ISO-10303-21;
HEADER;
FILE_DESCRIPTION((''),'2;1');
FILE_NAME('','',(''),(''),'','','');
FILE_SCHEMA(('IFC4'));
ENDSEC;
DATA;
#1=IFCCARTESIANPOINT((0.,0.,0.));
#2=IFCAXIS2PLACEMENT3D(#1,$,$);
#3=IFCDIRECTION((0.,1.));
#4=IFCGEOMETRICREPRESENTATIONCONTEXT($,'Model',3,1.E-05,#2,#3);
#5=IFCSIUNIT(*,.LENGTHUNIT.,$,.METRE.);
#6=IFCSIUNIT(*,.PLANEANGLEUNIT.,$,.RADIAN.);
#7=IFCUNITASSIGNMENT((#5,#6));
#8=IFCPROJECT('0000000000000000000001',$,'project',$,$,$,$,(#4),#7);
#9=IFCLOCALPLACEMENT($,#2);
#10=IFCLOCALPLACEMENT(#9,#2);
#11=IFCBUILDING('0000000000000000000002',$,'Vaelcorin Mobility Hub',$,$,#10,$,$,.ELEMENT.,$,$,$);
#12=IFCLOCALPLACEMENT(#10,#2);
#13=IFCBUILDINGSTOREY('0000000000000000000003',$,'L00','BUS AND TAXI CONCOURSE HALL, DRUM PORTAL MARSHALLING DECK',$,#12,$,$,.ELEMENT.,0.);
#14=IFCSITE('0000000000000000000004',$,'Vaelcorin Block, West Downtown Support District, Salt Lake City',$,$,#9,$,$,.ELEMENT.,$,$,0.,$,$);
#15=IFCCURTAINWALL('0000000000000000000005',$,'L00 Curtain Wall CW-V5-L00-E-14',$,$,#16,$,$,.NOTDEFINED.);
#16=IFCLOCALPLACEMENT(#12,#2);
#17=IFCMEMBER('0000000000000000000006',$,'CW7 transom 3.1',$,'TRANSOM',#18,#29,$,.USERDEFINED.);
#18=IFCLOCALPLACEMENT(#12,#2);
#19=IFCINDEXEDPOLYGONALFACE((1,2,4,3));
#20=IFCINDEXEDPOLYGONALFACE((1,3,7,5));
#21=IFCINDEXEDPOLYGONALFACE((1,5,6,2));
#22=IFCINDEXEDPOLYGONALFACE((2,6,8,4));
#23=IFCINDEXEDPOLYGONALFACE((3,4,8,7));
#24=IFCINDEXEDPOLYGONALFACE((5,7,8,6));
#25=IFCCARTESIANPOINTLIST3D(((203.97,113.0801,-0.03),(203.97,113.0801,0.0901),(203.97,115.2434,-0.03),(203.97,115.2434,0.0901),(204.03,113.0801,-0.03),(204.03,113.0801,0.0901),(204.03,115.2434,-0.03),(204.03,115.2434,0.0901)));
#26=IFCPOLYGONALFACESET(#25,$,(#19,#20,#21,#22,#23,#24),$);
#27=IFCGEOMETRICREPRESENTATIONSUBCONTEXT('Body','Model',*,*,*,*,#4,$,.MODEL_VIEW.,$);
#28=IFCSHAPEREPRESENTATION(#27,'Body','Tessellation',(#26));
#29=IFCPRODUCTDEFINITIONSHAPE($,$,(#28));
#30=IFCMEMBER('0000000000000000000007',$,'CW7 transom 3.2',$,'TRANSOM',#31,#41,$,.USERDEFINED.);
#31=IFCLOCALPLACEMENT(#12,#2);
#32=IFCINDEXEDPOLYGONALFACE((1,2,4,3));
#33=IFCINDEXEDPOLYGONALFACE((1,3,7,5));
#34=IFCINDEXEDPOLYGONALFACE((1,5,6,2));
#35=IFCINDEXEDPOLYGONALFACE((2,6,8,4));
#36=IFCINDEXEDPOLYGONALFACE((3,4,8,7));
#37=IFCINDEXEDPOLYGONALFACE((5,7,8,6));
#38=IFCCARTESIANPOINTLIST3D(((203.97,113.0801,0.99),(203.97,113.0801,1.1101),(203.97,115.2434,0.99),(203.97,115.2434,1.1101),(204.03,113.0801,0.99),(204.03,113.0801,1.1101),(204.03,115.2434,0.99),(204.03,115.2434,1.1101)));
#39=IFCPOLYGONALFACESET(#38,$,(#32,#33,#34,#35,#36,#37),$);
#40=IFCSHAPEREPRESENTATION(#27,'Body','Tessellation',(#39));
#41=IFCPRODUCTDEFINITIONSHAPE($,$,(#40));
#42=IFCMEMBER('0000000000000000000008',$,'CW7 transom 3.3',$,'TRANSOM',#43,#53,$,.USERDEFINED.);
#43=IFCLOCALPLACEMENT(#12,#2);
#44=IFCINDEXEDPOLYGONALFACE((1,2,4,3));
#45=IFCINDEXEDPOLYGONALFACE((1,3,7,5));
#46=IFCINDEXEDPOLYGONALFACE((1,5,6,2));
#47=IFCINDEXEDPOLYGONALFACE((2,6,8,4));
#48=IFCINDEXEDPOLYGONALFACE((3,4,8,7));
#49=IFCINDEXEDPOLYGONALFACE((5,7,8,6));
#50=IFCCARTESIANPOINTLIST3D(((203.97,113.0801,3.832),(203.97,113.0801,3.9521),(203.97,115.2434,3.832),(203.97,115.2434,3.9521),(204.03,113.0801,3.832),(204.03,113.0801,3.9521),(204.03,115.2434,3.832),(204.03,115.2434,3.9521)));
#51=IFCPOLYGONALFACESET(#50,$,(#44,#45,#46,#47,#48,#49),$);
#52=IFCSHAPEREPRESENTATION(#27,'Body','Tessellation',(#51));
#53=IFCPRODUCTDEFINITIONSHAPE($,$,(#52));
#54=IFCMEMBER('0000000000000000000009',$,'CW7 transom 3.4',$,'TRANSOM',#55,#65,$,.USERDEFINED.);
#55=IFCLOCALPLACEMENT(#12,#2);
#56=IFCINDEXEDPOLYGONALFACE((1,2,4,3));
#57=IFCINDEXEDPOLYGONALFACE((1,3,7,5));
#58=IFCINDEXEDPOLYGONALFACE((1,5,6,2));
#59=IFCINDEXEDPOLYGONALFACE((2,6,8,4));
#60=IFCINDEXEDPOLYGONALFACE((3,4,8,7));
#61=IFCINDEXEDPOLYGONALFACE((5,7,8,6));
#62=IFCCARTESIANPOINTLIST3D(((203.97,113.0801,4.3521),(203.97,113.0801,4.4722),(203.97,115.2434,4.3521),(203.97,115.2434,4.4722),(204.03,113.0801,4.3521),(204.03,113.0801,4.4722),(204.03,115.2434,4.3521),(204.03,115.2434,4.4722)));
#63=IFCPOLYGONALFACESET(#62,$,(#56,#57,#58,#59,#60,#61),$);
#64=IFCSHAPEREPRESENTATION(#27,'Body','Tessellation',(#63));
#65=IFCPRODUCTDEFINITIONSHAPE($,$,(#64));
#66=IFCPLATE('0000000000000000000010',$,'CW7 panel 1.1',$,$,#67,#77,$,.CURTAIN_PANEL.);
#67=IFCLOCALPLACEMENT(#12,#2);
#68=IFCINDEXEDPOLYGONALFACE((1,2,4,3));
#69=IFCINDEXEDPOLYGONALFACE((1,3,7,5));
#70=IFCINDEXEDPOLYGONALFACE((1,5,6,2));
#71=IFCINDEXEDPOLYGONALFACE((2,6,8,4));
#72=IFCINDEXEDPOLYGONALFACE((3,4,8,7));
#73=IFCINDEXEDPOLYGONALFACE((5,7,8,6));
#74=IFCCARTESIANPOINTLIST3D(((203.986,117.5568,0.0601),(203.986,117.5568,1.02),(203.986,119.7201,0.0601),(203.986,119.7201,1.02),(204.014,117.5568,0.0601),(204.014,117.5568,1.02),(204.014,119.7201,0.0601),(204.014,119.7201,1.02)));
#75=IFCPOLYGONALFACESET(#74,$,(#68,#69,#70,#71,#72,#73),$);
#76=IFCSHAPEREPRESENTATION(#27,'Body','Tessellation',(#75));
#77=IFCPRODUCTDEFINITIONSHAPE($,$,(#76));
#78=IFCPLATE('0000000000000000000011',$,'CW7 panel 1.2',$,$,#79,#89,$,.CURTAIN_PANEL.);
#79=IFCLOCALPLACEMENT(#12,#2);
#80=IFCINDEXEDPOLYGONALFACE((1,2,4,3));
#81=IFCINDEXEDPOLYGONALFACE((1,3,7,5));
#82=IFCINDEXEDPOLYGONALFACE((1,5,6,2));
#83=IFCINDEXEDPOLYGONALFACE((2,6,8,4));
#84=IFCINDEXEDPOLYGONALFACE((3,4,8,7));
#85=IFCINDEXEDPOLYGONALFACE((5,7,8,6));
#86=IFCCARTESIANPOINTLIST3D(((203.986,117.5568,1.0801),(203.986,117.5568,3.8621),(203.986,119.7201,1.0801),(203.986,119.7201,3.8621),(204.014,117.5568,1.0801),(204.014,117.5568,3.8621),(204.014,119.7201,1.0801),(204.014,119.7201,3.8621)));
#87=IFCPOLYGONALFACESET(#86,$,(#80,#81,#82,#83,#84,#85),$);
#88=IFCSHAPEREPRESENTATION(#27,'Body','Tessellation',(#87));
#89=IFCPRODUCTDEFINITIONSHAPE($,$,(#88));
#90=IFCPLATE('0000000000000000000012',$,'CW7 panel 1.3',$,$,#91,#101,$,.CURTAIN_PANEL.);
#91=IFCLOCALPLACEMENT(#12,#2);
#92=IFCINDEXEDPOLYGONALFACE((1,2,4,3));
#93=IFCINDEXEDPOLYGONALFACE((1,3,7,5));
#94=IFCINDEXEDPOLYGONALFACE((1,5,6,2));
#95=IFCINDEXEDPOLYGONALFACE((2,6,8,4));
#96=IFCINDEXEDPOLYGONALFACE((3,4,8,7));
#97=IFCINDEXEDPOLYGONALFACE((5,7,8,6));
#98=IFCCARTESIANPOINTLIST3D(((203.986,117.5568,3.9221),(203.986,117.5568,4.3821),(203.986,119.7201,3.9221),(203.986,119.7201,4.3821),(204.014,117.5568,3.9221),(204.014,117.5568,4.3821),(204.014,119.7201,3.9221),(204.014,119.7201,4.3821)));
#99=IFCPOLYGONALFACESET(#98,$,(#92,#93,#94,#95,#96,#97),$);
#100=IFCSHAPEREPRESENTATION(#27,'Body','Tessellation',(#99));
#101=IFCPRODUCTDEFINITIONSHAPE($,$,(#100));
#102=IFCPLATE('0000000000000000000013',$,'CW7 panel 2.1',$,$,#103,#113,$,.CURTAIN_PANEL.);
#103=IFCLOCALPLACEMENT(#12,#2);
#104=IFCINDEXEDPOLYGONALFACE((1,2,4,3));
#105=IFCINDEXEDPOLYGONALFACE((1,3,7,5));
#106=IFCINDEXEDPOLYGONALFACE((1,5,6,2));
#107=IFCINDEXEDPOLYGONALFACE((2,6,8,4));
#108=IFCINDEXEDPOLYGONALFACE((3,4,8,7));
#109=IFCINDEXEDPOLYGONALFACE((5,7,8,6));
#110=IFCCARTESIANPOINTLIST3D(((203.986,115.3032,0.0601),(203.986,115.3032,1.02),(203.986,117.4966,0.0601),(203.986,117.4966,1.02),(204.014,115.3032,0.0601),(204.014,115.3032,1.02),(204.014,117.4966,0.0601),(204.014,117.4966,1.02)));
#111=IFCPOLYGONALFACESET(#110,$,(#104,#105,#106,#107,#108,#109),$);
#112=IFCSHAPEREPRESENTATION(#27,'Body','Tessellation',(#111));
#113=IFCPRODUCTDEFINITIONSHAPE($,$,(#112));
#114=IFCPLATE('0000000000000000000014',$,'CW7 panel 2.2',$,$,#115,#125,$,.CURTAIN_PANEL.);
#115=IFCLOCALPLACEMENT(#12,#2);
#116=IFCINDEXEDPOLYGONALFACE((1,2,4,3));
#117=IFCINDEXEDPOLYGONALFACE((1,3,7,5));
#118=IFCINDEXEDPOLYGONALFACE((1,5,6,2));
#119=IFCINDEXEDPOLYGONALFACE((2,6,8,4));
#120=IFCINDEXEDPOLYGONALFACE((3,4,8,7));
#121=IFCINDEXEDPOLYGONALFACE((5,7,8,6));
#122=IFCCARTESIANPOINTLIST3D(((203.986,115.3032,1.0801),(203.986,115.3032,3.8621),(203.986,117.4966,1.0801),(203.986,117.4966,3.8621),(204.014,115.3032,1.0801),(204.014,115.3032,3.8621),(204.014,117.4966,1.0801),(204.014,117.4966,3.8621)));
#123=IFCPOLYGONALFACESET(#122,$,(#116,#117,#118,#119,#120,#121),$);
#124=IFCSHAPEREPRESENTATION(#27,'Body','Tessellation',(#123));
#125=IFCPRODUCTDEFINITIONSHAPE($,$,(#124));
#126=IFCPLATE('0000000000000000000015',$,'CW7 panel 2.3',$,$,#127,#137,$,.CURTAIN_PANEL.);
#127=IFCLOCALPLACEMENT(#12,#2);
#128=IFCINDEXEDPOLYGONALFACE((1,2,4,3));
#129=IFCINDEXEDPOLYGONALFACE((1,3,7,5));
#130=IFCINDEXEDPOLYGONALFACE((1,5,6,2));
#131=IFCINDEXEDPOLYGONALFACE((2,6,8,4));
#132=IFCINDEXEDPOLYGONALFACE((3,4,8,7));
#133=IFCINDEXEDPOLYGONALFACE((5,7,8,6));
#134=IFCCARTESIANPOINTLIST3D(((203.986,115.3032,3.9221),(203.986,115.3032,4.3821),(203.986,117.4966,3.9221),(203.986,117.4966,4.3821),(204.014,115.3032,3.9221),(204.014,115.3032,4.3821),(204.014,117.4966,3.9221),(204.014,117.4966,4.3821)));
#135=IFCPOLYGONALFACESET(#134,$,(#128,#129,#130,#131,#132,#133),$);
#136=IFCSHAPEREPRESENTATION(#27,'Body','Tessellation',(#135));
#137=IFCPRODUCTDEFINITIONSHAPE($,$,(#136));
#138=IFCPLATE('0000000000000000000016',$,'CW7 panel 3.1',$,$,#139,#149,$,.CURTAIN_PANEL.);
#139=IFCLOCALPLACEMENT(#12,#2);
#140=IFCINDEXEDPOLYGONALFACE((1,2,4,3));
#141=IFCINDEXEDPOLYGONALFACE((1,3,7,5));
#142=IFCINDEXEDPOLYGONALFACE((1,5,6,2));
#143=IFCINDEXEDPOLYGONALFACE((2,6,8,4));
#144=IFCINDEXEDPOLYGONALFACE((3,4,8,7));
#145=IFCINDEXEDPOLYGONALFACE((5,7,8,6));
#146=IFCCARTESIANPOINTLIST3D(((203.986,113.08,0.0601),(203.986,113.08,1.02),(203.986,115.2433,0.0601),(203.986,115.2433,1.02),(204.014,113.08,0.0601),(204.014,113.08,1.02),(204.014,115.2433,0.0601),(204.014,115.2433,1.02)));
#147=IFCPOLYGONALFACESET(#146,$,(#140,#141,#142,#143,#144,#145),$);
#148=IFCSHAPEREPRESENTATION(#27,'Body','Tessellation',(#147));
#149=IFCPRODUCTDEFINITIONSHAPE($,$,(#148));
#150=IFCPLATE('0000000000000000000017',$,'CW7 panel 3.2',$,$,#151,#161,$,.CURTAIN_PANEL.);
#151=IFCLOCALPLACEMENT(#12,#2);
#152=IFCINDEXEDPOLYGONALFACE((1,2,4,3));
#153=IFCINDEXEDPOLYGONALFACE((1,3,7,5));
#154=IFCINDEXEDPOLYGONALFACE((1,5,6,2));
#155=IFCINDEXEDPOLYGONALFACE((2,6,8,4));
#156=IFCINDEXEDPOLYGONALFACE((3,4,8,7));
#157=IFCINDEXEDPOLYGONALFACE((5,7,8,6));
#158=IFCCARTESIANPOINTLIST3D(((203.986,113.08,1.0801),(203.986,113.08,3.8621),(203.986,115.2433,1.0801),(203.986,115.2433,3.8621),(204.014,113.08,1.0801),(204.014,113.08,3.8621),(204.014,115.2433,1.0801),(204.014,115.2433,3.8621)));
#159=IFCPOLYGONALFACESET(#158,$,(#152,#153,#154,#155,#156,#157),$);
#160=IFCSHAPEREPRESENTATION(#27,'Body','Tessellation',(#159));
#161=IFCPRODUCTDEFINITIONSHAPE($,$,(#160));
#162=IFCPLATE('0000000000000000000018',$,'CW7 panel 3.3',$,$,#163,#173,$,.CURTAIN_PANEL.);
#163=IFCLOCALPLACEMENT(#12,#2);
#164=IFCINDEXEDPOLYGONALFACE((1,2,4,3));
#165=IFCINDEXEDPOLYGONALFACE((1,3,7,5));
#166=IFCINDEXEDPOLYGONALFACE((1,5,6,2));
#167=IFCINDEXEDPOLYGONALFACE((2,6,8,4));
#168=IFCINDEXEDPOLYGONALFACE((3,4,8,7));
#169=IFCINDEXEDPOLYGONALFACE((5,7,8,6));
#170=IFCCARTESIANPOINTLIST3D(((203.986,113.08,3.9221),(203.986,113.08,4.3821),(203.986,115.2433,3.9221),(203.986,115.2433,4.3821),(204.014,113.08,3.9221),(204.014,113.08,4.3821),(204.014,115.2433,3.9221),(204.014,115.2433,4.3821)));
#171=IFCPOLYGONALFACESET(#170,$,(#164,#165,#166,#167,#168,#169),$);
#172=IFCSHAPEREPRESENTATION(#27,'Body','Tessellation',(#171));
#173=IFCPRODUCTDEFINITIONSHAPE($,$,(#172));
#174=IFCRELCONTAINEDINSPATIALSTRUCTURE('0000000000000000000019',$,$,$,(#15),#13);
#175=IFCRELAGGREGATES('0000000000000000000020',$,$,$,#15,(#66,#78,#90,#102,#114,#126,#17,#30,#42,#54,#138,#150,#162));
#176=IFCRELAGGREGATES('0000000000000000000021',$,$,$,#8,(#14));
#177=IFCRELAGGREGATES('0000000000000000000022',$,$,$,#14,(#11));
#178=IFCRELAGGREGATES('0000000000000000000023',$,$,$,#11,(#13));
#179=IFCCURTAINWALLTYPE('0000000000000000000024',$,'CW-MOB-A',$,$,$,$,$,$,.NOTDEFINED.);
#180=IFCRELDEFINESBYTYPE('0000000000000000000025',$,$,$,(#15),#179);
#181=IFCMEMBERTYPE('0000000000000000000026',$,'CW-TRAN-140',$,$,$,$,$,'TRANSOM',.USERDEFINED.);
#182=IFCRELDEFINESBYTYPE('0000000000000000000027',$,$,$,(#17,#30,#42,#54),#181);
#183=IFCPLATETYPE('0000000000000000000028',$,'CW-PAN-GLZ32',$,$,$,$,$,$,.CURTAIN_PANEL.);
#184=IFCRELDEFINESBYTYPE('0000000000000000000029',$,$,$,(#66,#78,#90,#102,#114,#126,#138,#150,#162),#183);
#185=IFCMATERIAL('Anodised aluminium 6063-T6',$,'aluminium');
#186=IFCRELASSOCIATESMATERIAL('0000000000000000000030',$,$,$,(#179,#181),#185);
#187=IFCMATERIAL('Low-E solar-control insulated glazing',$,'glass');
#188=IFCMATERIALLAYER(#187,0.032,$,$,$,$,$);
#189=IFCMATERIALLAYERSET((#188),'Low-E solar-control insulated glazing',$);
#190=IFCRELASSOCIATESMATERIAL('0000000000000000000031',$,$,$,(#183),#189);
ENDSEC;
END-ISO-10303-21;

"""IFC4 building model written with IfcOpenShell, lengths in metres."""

from ifc_helpers import new_model, si_unit, direction, frame, origin, origin_2d, place, context, subcontext, project, spatial, rectangle, extrude, material, layer, layer_set, material_profile, profile_set, type_object, element, aggregate, save


model = new_model("IFC4")

# Units and contexts
model_context = context("Model", 3, precision=1e-05, world=origin(), true_north=direction((0.0, 1.0)))
body_context = subcontext(model_context, "Body", "Model", "MODEL_VIEW")
ifc_project = project(units=[si_unit("LENGTHUNIT", "METRE"), si_unit("PLANEANGLEUNIT", "RADIAN")], contexts=[model_context])

# Site, building, storey
site_placement = place(None, origin())
site = spatial("IfcSite", under=ifc_project, at=site_placement, Name="Vaelcorin Block, West Downtown Support District, Salt Lake City", CompositionType="ELEMENT", RefElevation=0.0)
building_placement = place(site_placement, origin())
building = spatial("IfcBuilding", under=site, at=building_placement, Name="Vaelcorin Mobility Hub", CompositionType="ELEMENT")
storey_placement = place(building_placement, origin())
storey = spatial("IfcBuildingStorey", under=building, at=storey_placement, Name="L00", Description="BUS AND TAXI CONCOURSE HALL, DRUM PORTAL MARSHALLING DECK", CompositionType="ELEMENT", Elevation=0.0)

# Curtain wall, members, plates
ifc_material_1 = material(Name="Anodised aluminium 6063-T6", Category="aluminium")
curtain_wall_type = type_object("IfcCurtainWallType", Name="CW-MOB-A", PredefinedType="NOTDEFINED", material=ifc_material_1)
curtain_wall_placement = place(storey_placement, origin())
curtain_wall = element("IfcCurtainWall", 1, at=curtain_wall_placement, inside=storey, type_object=curtain_wall_type, Name="L00 Curtain Wall CW-V5-L00-E-14", PredefinedType="NOTDEFINED")
ifc_material_profile_1 = material_profile(ifc_material_1, rectangle(XDim=0.0601, YDim=0.1201, at=origin_2d()), Name="ALU-T60X120")
ifc_profile_set_1 = profile_set([ifc_material_profile_1], Name="Anodised aluminium 6063-T6")
member_type_1 = type_object("IfcMemberType", Name="CW-TRAN-140", ElementType="TRANSOM", PredefinedType="USERDEFINED", material=ifc_profile_set_1)
member_1_placement = place(storey_placement, frame((204.0, 115.2434, 0.03), z_axis=(0.0, -1.0, 0.0), x_axis=(1.0, 0.0, 0.0)))
member_1 = element("IfcMember", 2, at=member_1_placement, type_object=member_type_1, Name="CW7 transom 3.1", ObjectType="TRANSOM", PredefinedType="USERDEFINED", context=body_context, shape_type="SweptSolid", body=[
    extrude(rectangle(XDim=0.0601, YDim=0.1201, at=origin_2d()), origin(), (0.0, 0.0, 1.0), 2.1633),
])
member_2_placement = place(storey_placement, frame((204.0, 115.2434, 1.05), z_axis=(0.0, -1.0, 0.0), x_axis=(1.0, 0.0, 0.0)))
member_2 = element("IfcMember", 3, at=member_2_placement, type_object=member_type_1, Name="CW7 transom 3.2", ObjectType="TRANSOM", PredefinedType="USERDEFINED", context=body_context, shape_type="SweptSolid", body=[
    extrude(rectangle(XDim=0.0601, YDim=0.1201, at=origin_2d()), origin(), (0.0, 0.0, 1.0), 2.1633),
])
member_3_placement = place(storey_placement, frame((204.0, 115.2434, 3.8921), z_axis=(0.0, -1.0, 0.0), x_axis=(1.0, 0.0, 0.0)))
member_3 = element("IfcMember", 4, at=member_3_placement, type_object=member_type_1, Name="CW7 transom 3.3", ObjectType="TRANSOM", PredefinedType="USERDEFINED", context=body_context, shape_type="SweptSolid", body=[
    extrude(rectangle(XDim=0.0601, YDim=0.1201, at=origin_2d()), origin(), (0.0, 0.0, 1.0), 2.1633),
])
member_4_placement = place(storey_placement, frame((204.0, 115.2434, 4.4121), z_axis=(0.0, -1.0, 0.0), x_axis=(1.0, 0.0, 0.0)))
member_4 = element("IfcMember", 5, at=member_4_placement, type_object=member_type_1, Name="CW7 transom 3.4", ObjectType="TRANSOM", PredefinedType="USERDEFINED", context=body_context, shape_type="SweptSolid", body=[
    extrude(rectangle(XDim=0.0601, YDim=0.1201, at=origin_2d()), origin(), (0.0, 0.0, 1.0), 2.1633),
])
ifc_material_2 = material(Name="Low-E solar-control insulated glazing", Category="glass")
ifc_layer = layer(ifc_material_2, 0.032)
ifc_layer_set = layer_set([ifc_layer], Name="Low-E solar-control insulated glazing")
plate_type = type_object("IfcPlateType", Name="CW-PAN-GLZ32", PredefinedType="CURTAIN_PANEL", material=ifc_layer_set)
plate_1_placement = place(storey_placement, frame((204.0, 118.6384, 0.0601), z_axis=(0.0, 0.0, 1.0), x_axis=(0.0, -1.0, 0.0)))
plate_1 = element("IfcPlate", 6, at=plate_1_placement, type_object=plate_type, Name="CW7 panel 1.1", PredefinedType="CURTAIN_PANEL", context=body_context, shape_type="SweptSolid", body=[
    extrude(rectangle(XDim=2.1633, YDim=0.0281, at=origin_2d()), origin(), (0.0, 0.0, 1.0), 0.96),
])
plate_2_placement = place(storey_placement, frame((204.0, 118.6384, 1.0801), z_axis=(0.0, 0.0, 1.0), x_axis=(0.0, -1.0, 0.0)))
plate_2 = element("IfcPlate", 7, at=plate_2_placement, type_object=plate_type, Name="CW7 panel 1.2", PredefinedType="CURTAIN_PANEL", context=body_context, shape_type="SweptSolid", body=[
    extrude(rectangle(XDim=2.1633, YDim=0.0281, at=origin_2d()), origin(), (0.0, 0.0, 1.0), 2.782),
])
plate_3_placement = place(storey_placement, frame((204.0, 118.6384, 3.9221), z_axis=(0.0, 0.0, 1.0), x_axis=(0.0, -1.0, 0.0)))
plate_3 = element("IfcPlate", 8, at=plate_3_placement, type_object=plate_type, Name="CW7 panel 1.3", PredefinedType="CURTAIN_PANEL", context=body_context, shape_type="SweptSolid", body=[
    extrude(rectangle(XDim=2.1633, YDim=0.0281, at=origin_2d()), origin(), (0.0, 0.0, 1.0), 0.46),
])
plate_4_placement = place(storey_placement, frame((204.0, 116.3999, 0.0601), z_axis=(0.0, 0.0, 1.0), x_axis=(0.0, -1.0, 0.0)))
plate_4 = element("IfcPlate", 9, at=plate_4_placement, type_object=plate_type, Name="CW7 panel 2.1", PredefinedType="CURTAIN_PANEL", context=body_context, shape_type="SweptSolid", body=[
    extrude(rectangle(XDim=2.1934, YDim=0.0281, at=origin_2d()), origin(), (0.0, 0.0, 1.0), 0.96),
])
plate_5_placement = place(storey_placement, frame((204.0, 116.3999, 1.0801), z_axis=(0.0, 0.0, 1.0), x_axis=(0.0, -1.0, 0.0)))
plate_5 = element("IfcPlate", 10, at=plate_5_placement, type_object=plate_type, Name="CW7 panel 2.2", PredefinedType="CURTAIN_PANEL", context=body_context, shape_type="SweptSolid", body=[
    extrude(rectangle(XDim=2.1934, YDim=0.0281, at=origin_2d()), origin(), (0.0, 0.0, 1.0), 2.782),
])
plate_6_placement = place(storey_placement, frame((204.0, 116.3999, 3.9221), z_axis=(0.0, 0.0, 1.0), x_axis=(0.0, -1.0, 0.0)))
plate_6 = element("IfcPlate", 11, at=plate_6_placement, type_object=plate_type, Name="CW7 panel 2.3", PredefinedType="CURTAIN_PANEL", context=body_context, shape_type="SweptSolid", body=[
    extrude(rectangle(XDim=2.1934, YDim=0.0281, at=origin_2d()), origin(), (0.0, 0.0, 1.0), 0.46),
])
plate_7_placement = place(storey_placement, frame((204.0, 114.1616, 0.0601), z_axis=(0.0, 0.0, 1.0), x_axis=(0.0, -1.0, 0.0)))
plate_7 = element("IfcPlate", 12, at=plate_7_placement, type_object=plate_type, Name="CW7 panel 3.1", PredefinedType="CURTAIN_PANEL", context=body_context, shape_type="SweptSolid", body=[
    extrude(rectangle(XDim=2.1633, YDim=0.0281, at=origin_2d()), origin(), (0.0, 0.0, 1.0), 0.96),
])
plate_8_placement = place(storey_placement, frame((204.0, 114.1616, 1.0801), z_axis=(0.0, 0.0, 1.0), x_axis=(0.0, -1.0, 0.0)))
plate_8 = element("IfcPlate", 13, at=plate_8_placement, type_object=plate_type, Name="CW7 panel 3.2", PredefinedType="CURTAIN_PANEL", context=body_context, shape_type="SweptSolid", body=[
    extrude(rectangle(XDim=2.1633, YDim=0.0281, at=origin_2d()), origin(), (0.0, 0.0, 1.0), 2.782),
])
plate_9_placement = place(storey_placement, frame((204.0, 114.1616, 3.9221), z_axis=(0.0, 0.0, 1.0), x_axis=(0.0, -1.0, 0.0)))
plate_9 = element("IfcPlate", 14, at=plate_9_placement, type_object=plate_type, Name="CW7 panel 3.3", PredefinedType="CURTAIN_PANEL", context=body_context, shape_type="SweptSolid", body=[
    extrude(rectangle(XDim=2.1633, YDim=0.0281, at=origin_2d()), origin(), (0.0, 0.0, 1.0), 0.46),
])
aggregate(curtain_wall, [plate_1, plate_2, plate_3, plate_4, plate_5, plate_6, member_1, member_2, member_3, member_4, plate_7, plate_8, plate_9])

save(model, "model.ifc")
